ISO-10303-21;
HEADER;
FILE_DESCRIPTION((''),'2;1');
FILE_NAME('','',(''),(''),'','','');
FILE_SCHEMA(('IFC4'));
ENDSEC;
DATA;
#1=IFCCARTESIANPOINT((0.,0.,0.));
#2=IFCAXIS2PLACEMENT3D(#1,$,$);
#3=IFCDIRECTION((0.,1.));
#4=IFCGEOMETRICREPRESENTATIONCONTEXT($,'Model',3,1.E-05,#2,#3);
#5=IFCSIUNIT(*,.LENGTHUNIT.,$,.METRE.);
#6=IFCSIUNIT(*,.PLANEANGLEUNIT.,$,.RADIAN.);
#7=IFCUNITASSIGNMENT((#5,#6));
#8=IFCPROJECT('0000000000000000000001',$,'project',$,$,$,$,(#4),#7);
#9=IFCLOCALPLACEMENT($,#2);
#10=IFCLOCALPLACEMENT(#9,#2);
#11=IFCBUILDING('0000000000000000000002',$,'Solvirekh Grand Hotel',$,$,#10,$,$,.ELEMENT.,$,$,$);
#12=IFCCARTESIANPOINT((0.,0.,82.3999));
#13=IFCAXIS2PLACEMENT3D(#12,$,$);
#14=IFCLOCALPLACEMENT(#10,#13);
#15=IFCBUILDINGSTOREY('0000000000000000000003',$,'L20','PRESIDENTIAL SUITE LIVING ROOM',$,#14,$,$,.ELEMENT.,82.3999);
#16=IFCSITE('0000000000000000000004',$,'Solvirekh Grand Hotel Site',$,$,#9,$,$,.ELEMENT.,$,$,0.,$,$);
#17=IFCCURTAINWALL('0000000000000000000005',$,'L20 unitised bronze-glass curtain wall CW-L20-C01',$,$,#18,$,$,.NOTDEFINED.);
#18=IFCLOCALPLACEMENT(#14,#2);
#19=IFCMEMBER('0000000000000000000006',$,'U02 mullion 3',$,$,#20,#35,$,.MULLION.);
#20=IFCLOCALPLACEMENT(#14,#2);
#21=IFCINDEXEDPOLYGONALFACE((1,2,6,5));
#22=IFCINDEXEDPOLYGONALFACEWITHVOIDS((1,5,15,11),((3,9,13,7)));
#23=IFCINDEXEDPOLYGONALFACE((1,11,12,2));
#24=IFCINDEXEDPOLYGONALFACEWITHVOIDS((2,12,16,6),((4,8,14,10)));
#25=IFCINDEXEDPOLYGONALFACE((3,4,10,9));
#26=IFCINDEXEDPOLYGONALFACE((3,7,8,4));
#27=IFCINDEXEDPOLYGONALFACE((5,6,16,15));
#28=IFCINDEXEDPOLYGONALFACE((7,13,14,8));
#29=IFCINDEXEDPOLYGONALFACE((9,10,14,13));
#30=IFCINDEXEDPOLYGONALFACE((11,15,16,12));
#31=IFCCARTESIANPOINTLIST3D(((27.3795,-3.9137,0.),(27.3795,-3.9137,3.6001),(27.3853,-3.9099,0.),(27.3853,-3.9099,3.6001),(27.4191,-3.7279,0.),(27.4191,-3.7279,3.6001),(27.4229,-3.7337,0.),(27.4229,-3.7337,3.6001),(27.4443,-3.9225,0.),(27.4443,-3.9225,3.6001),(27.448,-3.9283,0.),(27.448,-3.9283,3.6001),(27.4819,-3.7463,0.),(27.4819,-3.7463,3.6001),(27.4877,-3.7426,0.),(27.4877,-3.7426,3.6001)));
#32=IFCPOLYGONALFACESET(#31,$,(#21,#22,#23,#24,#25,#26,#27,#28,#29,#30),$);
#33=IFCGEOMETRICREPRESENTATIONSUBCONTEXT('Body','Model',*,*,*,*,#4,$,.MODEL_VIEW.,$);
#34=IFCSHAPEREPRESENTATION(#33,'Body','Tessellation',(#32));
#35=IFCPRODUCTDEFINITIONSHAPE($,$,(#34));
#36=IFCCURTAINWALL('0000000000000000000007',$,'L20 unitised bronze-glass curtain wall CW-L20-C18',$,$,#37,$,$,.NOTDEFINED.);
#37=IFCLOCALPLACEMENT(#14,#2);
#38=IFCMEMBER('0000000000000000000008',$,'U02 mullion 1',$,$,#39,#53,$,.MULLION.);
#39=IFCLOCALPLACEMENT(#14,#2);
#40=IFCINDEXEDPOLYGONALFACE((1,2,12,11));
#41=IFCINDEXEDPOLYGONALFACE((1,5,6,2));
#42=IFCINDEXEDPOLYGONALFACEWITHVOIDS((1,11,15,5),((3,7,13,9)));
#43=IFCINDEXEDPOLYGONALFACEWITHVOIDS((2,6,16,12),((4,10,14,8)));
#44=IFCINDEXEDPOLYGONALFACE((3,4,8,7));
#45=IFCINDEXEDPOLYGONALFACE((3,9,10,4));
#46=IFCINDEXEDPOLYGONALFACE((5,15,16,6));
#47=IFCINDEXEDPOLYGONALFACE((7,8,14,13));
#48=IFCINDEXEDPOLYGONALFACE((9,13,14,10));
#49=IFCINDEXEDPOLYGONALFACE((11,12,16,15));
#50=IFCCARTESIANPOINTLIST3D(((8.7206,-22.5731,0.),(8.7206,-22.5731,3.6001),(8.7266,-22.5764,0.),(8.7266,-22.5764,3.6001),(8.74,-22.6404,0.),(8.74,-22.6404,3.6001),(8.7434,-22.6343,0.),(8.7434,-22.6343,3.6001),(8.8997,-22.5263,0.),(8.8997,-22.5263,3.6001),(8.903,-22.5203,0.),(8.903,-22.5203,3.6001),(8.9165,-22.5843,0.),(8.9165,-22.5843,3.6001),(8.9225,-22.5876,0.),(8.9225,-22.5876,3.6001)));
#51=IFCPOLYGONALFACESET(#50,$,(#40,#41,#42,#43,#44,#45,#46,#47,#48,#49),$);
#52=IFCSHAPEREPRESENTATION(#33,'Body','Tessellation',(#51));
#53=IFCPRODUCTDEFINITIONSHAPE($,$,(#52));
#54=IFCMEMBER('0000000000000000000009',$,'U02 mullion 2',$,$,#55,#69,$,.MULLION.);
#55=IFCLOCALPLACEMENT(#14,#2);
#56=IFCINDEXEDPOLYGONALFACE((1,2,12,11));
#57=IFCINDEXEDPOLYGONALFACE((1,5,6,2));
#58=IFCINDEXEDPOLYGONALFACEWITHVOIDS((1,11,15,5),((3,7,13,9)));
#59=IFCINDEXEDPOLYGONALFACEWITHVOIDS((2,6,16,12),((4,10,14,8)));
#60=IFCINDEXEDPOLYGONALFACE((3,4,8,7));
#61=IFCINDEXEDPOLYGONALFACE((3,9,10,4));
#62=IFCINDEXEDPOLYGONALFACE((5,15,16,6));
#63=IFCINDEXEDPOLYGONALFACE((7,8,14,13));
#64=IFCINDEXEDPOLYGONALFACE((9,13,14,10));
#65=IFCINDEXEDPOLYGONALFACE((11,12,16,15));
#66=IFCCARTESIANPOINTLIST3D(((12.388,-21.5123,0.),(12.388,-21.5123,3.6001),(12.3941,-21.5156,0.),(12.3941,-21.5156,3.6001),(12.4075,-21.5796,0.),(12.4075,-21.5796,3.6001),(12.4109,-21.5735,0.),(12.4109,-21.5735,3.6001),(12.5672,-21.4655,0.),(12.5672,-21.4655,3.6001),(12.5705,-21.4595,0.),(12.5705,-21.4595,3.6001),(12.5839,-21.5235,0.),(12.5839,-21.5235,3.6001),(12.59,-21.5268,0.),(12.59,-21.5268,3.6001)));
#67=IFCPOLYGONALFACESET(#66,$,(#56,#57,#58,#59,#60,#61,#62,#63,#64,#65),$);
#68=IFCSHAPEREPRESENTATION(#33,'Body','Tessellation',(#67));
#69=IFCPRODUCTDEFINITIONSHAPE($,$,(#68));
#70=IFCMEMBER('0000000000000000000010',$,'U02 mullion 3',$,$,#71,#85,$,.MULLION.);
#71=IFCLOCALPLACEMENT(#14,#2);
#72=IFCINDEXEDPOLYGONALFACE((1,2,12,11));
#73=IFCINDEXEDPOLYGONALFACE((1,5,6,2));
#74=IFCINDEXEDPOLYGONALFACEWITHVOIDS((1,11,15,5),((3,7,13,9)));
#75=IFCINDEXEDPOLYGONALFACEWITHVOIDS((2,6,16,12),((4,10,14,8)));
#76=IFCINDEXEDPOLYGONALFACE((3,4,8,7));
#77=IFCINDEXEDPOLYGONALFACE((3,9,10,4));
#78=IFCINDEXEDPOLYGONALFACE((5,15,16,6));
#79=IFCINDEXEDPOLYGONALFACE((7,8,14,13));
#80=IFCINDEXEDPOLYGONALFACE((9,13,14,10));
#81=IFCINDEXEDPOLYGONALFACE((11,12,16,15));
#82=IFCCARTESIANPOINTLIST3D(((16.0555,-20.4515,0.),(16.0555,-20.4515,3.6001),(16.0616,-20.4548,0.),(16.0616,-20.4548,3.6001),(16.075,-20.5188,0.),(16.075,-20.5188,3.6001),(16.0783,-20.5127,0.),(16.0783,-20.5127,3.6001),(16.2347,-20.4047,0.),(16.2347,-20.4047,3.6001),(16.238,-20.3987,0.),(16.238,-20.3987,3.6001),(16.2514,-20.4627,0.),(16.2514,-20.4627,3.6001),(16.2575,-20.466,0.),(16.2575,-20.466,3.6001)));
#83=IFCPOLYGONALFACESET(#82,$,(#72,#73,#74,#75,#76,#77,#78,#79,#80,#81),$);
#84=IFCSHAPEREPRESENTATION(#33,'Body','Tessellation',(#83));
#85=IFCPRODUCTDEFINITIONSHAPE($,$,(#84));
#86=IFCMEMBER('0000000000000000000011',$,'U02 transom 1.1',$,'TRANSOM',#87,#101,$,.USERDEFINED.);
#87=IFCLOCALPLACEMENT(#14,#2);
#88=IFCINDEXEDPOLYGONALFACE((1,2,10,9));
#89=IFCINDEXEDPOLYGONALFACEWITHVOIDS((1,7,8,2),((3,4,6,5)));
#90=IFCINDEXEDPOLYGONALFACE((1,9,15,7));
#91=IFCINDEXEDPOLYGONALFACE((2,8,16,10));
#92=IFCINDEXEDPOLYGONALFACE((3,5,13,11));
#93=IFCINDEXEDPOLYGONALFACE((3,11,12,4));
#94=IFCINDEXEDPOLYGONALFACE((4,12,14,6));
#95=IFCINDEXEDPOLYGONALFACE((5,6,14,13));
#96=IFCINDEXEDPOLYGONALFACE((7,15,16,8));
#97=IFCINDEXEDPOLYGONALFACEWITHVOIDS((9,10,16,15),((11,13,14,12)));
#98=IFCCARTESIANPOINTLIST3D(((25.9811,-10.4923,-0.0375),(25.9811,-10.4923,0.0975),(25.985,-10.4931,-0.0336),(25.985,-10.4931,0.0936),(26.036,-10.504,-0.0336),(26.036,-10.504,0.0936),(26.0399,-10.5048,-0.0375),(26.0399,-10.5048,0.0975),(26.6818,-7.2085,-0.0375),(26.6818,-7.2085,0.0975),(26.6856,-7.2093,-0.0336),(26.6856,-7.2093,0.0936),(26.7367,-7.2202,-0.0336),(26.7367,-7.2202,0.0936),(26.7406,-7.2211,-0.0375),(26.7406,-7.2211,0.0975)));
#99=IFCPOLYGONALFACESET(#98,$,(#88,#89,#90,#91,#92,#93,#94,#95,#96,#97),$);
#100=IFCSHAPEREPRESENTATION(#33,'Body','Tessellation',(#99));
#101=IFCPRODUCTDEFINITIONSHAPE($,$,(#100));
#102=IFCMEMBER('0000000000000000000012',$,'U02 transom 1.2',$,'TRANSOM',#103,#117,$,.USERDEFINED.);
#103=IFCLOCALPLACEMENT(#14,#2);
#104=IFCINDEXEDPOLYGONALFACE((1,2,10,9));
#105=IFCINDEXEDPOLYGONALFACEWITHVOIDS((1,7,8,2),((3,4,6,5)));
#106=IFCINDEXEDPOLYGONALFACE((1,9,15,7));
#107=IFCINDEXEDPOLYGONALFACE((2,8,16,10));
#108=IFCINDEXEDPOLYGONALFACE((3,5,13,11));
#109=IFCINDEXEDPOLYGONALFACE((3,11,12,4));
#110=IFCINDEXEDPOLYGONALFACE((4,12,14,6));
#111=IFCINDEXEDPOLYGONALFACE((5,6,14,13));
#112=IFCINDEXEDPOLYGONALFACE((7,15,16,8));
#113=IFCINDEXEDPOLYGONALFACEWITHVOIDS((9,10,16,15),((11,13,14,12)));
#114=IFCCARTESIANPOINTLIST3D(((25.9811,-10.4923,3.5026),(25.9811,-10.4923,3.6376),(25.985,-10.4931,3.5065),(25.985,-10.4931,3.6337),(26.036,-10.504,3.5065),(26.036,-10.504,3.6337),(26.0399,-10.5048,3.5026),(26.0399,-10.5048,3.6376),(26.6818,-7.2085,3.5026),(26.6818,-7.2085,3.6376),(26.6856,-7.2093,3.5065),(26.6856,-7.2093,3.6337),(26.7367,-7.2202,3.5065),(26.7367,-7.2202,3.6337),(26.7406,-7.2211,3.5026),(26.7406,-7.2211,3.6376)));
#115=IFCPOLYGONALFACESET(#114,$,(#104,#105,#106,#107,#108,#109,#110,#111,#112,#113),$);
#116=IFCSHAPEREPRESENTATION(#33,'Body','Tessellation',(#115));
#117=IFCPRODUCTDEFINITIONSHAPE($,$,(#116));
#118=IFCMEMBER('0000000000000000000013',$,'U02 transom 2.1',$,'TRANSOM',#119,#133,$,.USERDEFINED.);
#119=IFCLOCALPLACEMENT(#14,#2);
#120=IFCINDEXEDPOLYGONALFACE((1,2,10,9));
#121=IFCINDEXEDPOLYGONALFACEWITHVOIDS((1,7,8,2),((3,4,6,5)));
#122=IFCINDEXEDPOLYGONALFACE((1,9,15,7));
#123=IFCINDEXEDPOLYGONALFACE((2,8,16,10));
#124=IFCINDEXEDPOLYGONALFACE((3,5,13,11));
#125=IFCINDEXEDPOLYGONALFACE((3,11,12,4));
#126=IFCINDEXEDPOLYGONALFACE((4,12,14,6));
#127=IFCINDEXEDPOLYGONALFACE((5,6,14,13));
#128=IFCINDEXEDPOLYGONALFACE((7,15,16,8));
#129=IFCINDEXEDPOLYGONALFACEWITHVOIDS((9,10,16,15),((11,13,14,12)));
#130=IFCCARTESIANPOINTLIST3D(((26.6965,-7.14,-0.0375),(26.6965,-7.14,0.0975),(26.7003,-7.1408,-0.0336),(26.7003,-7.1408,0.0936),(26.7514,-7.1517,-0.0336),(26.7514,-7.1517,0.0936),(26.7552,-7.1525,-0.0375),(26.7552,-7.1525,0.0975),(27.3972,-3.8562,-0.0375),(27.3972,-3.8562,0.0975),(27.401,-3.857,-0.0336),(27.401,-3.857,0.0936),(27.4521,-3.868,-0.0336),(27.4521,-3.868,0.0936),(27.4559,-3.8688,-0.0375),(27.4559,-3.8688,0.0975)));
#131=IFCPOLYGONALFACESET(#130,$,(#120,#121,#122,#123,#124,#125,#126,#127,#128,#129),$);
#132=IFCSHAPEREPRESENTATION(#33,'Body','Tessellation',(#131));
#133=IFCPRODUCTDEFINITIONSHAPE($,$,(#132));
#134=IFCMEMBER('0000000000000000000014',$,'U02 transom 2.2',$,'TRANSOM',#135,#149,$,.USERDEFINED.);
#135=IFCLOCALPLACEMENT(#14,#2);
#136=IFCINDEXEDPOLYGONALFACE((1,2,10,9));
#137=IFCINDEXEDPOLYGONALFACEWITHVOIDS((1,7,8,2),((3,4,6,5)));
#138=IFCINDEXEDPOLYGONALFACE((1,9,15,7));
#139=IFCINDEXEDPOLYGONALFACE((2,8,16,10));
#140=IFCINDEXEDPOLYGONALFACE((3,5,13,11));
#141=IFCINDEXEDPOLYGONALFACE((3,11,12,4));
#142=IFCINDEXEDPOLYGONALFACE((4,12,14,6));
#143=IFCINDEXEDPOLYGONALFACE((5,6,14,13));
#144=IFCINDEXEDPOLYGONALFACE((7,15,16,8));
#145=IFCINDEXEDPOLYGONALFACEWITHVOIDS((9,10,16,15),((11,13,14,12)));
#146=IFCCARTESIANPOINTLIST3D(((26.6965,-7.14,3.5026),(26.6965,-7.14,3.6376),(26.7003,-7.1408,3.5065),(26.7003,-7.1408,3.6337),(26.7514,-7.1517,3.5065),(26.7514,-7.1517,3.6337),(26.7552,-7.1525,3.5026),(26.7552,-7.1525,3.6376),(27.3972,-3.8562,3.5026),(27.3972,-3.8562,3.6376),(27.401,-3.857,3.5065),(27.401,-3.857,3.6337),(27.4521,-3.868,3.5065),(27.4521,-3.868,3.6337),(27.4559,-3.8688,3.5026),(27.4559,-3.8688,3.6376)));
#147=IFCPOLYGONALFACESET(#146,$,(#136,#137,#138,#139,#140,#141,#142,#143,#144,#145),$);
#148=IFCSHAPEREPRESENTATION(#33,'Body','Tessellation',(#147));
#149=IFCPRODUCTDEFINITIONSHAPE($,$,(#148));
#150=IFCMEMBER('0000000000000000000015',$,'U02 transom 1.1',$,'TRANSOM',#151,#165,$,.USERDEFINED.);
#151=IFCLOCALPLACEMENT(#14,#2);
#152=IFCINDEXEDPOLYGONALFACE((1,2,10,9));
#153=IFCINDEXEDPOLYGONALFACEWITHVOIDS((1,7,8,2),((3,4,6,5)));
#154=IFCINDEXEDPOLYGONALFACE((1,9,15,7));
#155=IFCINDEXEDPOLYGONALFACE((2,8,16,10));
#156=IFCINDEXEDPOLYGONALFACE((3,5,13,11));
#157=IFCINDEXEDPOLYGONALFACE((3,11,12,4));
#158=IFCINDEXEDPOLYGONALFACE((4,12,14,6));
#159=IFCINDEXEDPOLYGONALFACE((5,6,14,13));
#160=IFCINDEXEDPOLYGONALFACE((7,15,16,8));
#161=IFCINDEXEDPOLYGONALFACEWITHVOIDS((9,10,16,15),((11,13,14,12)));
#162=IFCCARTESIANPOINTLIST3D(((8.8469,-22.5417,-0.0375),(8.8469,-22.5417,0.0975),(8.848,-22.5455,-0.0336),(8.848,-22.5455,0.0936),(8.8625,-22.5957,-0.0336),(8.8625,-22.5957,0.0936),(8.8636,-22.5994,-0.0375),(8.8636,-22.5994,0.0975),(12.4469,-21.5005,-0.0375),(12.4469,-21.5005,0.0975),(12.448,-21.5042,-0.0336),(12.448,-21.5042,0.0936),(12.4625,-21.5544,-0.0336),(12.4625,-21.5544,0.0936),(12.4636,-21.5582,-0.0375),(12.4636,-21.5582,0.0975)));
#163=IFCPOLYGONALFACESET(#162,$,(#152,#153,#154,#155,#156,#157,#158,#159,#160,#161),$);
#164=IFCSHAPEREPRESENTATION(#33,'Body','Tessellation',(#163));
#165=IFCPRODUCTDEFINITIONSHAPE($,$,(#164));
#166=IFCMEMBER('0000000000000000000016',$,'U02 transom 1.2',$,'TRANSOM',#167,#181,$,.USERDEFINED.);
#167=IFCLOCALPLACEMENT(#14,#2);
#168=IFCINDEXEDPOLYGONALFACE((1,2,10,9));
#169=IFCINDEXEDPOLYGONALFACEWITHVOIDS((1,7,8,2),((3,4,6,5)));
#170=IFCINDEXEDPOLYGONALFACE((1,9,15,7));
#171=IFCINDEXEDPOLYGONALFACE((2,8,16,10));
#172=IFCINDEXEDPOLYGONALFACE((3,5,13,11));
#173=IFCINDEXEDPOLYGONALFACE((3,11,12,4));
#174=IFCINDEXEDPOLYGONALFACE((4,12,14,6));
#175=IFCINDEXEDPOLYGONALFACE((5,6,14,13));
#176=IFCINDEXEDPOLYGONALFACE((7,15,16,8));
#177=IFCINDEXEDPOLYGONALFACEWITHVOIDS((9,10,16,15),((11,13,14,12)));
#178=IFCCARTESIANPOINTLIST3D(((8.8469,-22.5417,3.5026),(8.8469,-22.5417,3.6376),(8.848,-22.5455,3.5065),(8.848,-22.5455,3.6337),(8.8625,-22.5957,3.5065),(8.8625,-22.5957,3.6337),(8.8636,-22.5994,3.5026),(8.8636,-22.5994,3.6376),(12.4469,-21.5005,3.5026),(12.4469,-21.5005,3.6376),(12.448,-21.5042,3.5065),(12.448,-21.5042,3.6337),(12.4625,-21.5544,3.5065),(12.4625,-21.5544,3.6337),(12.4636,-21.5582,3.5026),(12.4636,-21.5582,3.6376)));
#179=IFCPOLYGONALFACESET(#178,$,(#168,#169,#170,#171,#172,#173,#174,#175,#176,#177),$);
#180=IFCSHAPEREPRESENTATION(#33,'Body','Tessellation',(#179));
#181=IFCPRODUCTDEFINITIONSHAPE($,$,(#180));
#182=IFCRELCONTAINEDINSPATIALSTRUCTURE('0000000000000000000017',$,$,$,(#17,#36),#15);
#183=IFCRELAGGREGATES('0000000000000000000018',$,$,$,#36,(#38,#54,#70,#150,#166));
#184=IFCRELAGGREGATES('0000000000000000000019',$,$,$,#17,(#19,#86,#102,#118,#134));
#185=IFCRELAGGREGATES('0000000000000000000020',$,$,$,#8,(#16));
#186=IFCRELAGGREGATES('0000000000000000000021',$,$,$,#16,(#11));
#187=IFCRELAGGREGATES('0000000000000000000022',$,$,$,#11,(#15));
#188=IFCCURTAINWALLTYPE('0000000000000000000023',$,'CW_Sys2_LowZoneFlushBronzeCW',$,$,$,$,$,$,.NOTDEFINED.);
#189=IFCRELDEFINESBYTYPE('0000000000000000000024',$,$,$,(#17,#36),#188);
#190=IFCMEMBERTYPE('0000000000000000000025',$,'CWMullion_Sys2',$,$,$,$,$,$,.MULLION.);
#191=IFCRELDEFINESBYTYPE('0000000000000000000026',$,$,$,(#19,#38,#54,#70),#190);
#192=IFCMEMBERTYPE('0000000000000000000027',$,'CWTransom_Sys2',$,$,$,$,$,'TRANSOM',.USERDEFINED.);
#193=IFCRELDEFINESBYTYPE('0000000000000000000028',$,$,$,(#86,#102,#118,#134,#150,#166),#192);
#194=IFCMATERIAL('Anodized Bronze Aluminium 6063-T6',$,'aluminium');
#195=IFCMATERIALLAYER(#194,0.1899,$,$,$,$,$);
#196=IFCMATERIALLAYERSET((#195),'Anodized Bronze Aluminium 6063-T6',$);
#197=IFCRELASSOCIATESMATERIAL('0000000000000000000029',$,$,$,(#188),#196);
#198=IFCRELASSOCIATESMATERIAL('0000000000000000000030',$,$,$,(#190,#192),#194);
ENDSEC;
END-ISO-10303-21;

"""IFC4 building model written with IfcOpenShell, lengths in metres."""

from ifc_helpers import new_model, si_unit, direction, frame, origin, origin_2d, place, context, subcontext, project, spatial, hollow_rectangle, extrude, source, transform, mapped, material, layer, layer_set, material_profile, profile_set, type_object, element, aggregate, save


model = new_model("IFC4")

# Units and contexts
model_context = context("Model", 3, precision=1e-05, world=origin(), true_north=direction((0.0, 1.0)))
body_context = subcontext(model_context, "Body", "Model", "MODEL_VIEW")
ifc_project = project(units=[si_unit("LENGTHUNIT", "METRE"), si_unit("PLANEANGLEUNIT", "RADIAN")], contexts=[model_context])

# Site, building, storey
site_placement = place(None, origin())
site = spatial("IfcSite", under=ifc_project, at=site_placement, Name="Solvirekh Grand Hotel Site", CompositionType="ELEMENT", RefElevation=0.0)
building_placement = place(site_placement, origin())
building = spatial("IfcBuilding", under=site, at=building_placement, Name="Solvirekh Grand Hotel", CompositionType="ELEMENT")
storey_placement = place(building_placement, frame((0.0, 0.0, 82.3999)))
storey = spatial("IfcBuildingStorey", under=building, at=storey_placement, Name="L20", Description="PRESIDENTIAL SUITE LIVING ROOM", CompositionType="ELEMENT", Elevation=82.3999)

# Curtain walls, members
ifc_material_1 = material(Name="Anodized Bronze Aluminium 6063-T6", Category="aluminium")
ifc_layer_1 = layer(ifc_material_1, 0.1899)
ifc_layer_set_1 = layer_set([ifc_layer_1], Name="Anodized Bronze Aluminium 6063-T6")
curtain_wall_type = type_object("IfcCurtainWallType", Name="CW_Sys2_LowZoneFlushBronzeCW", PredefinedType="NOTDEFINED", material=ifc_layer_set_1)
curtain_wall_1_placement = place(storey_placement, origin())
curtain_wall_1 = element("IfcCurtainWall", 1, at=curtain_wall_1_placement, inside=storey, type_object=curtain_wall_type, Name="L20 unitised bronze-glass curtain wall CW-L20-C01", PredefinedType="NOTDEFINED")
ifc_material_profile_1 = material_profile(ifc_material_1, hollow_rectangle(XDim=0.0701, YDim=0.1899, WallThickness=0.0049, at=origin_2d()), Name="ALU RHS 190X70X5")
ifc_profile_set_1 = profile_set([ifc_material_profile_1], Name="Anodized Bronze Aluminium 6063-T6")
member_type_1 = type_object("IfcMemberType", Name="CWMullion_Sys2", PredefinedType="MULLION", material=ifc_profile_set_1)
shared_shape_1 = source(origin(), body_context, "Body", "SweptSolid", [
    extrude(hollow_rectangle(XDim=0.0701, YDim=0.1899, WallThickness=0.0049, at=origin_2d()), origin(), (0.0, 0.0, 1.0), 3.6001),
])
member_1_placement = place(storey_placement, frame((27.4336, -3.8281, 0.0), z_axis=(0.0, 0.0, 1.0), x_axis=(-0.97799, 0.208651, 0.0)))
member_1 = element("IfcMember", 2, at=member_1_placement, type_object=member_type_1, Name="U02 mullion 3", PredefinedType="MULLION", context=body_context, shape_type="MappedRepresentation", body=[
    mapped(shared_shape_1, transform((0.0, 0.0, 0.0), x_axis=(1.0, 0.0, 0.0), y_axis=(0.0, 1.0, 0.0), z_axis=(0.0, 0.0, 1.0), scale=1.0)),
])
curtain_wall_2_placement = place(storey_placement, origin())
curtain_wall_2 = element("IfcCurtainWall", 3, at=curtain_wall_2_placement, inside=storey, type_object=curtain_wall_type, Name="L20 unitised bronze-glass curtain wall CW-L20-C18", PredefinedType="NOTDEFINED")
member_2_placement = place(storey_placement, frame((8.8215, -22.5803, 0.0), z_axis=(0.0, 0.0, 1.0), x_axis=(-0.277856, 0.960623, 0.0)))
member_2 = element("IfcMember", 4, at=member_2_placement, type_object=member_type_1, Name="U02 mullion 1", PredefinedType="MULLION", context=body_context, shape_type="MappedRepresentation", body=[
    mapped(shared_shape_1, transform((0.0, 0.0, 0.0), x_axis=(1.0, 0.0, 0.0), y_axis=(0.0, 1.0, 0.0), z_axis=(0.0, 0.0, 1.0), scale=1.0)),
])
member_3_placement = place(storey_placement, frame((12.489, -21.5195, 0.0), z_axis=(0.0, 0.0, 1.0), x_axis=(-0.277856, 0.960623, 0.0)))
member_3 = element("IfcMember", 5, at=member_3_placement, type_object=member_type_1, Name="U02 mullion 2", PredefinedType="MULLION", context=body_context, shape_type="MappedRepresentation", body=[
    mapped(shared_shape_1, transform((0.0, 0.0, 0.0), x_axis=(1.0, 0.0, 0.0), y_axis=(0.0, 1.0, 0.0), z_axis=(0.0, 0.0, 1.0), scale=1.0)),
])
member_4_placement = place(storey_placement, frame((16.1565, -20.4587, 0.0), z_axis=(0.0, 0.0, 1.0), x_axis=(-0.277856, 0.960623, 0.0)))
member_4 = element("IfcMember", 6, at=member_4_placement, type_object=member_type_1, Name="U02 mullion 3", PredefinedType="MULLION", context=body_context, shape_type="MappedRepresentation", body=[
    mapped(shared_shape_1, transform((0.0, 0.0, 0.0), x_axis=(1.0, 0.0, 0.0), y_axis=(0.0, 1.0, 0.0), z_axis=(0.0, 0.0, 1.0), scale=1.0)),
])

# Members
ifc_material_profile_2 = material_profile(ifc_material_1, hollow_rectangle(XDim=0.0601, YDim=0.135, WallThickness=0.0039, at=origin_2d()), Name="ALU RHS 135X60X4")
ifc_profile_set_2 = profile_set([ifc_material_profile_2], Name="Anodized Bronze Aluminium 6063-T6")
member_type_2 = type_object("IfcMemberType", Name="CWTransom_Sys2", ElementType="TRANSOM", PredefinedType="USERDEFINED", material=ifc_profile_set_2)
shared_shape_2 = source(origin(), body_context, "Body", "SweptSolid", [
    extrude(hollow_rectangle(XDim=0.0601, YDim=0.135, WallThickness=0.0039, at=origin_2d()), origin(), (0.0, 0.0, 1.0), 3.3577),
])
member_5_placement = place(storey_placement, frame((26.0105, -10.4985, 0.03), z_axis=(0.208685, 0.977983, 0.0), x_axis=(-0.977983, 0.208685, 0.0)))
member_5 = element("IfcMember", 7, at=member_5_placement, type_object=member_type_2, Name="U02 transom 1.1", ObjectType="TRANSOM", PredefinedType="USERDEFINED", context=body_context, shape_type="MappedRepresentation", body=[
    mapped(shared_shape_2, transform((0.0, 0.0, 0.0), x_axis=(1.0, 0.0, 0.0), y_axis=(0.0, 1.0, 0.0), z_axis=(0.0, 0.0, 1.0), scale=1.0)),
])
member_6_placement = place(storey_placement, frame((26.0105, -10.4985, 3.5701), z_axis=(0.208685, 0.977983, 0.0), x_axis=(-0.977983, 0.208685, 0.0)))
member_6 = element("IfcMember", 8, at=member_6_placement, type_object=member_type_2, Name="U02 transom 1.2", ObjectType="TRANSOM", PredefinedType="USERDEFINED", context=body_context, shape_type="MappedRepresentation", body=[
    mapped(shared_shape_2, transform((0.0, 0.0, 0.0), x_axis=(1.0, 0.0, 0.0), y_axis=(0.0, 1.0, 0.0), z_axis=(0.0, 0.0, 1.0), scale=1.0)),
])
member_7_placement = place(storey_placement, frame((26.7258, -7.1462, 0.03), z_axis=(0.208685, 0.977983, 0.0), x_axis=(-0.977983, 0.208685, 0.0)))
member_7 = element("IfcMember", 9, at=member_7_placement, type_object=member_type_2, Name="U02 transom 2.1", ObjectType="TRANSOM", PredefinedType="USERDEFINED", context=body_context, shape_type="MappedRepresentation", body=[
    mapped(shared_shape_2, transform((0.0, 0.0, 0.0), x_axis=(1.0, 0.0, 0.0), y_axis=(0.0, 1.0, 0.0), z_axis=(0.0, 0.0, 1.0), scale=1.0)),
])
member_8_placement = place(storey_placement, frame((26.7258, -7.1462, 3.5701), z_axis=(0.208685, 0.977983, 0.0), x_axis=(-0.977983, 0.208685, 0.0)))
member_8 = element("IfcMember", 10, at=member_8_placement, type_object=member_type_2, Name="U02 transom 2.2", ObjectType="TRANSOM", PredefinedType="USERDEFINED", context=body_context, shape_type="MappedRepresentation", body=[
    mapped(shared_shape_2, transform((0.0, 0.0, 0.0), x_axis=(1.0, 0.0, 0.0), y_axis=(0.0, 1.0, 0.0), z_axis=(0.0, 0.0, 1.0), scale=1.0)),
])
shared_shape_3 = source(origin(), body_context, "Body", "SweptSolid", [
    extrude(hollow_rectangle(XDim=0.0601, YDim=0.135, WallThickness=0.0039, at=origin_2d()), origin(), (0.0, 0.0, 1.0), 3.7476),
])
member_9_placement = place(storey_placement, frame((8.8552, -22.5706, 0.03), z_axis=(0.960627, 0.277843, 0.0), x_axis=(-0.277843, 0.960627, 0.0)))
member_9 = element("IfcMember", 11, at=member_9_placement, type_object=member_type_2, Name="U02 transom 1.1", ObjectType="TRANSOM", PredefinedType="USERDEFINED", context=body_context, shape_type="MappedRepresentation", body=[
    mapped(shared_shape_3, transform((0.0, 0.0, 0.0), x_axis=(1.0, 0.0, 0.0), y_axis=(0.0, 1.0, 0.0), z_axis=(0.0, 0.0, 1.0), scale=1.0)),
])
member_10_placement = place(storey_placement, frame((8.8552, -22.5706, 3.5701), z_axis=(0.960627, 0.277843, 0.0), x_axis=(-0.277843, 0.960627, 0.0)))
member_10 = element("IfcMember", 12, at=member_10_placement, type_object=member_type_2, Name="U02 transom 1.2", ObjectType="TRANSOM", PredefinedType="USERDEFINED", context=body_context, shape_type="MappedRepresentation", body=[
    mapped(shared_shape_3, transform((0.0, 0.0, 0.0), x_axis=(1.0, 0.0, 0.0), y_axis=(0.0, 1.0, 0.0), z_axis=(0.0, 0.0, 1.0), scale=1.0)),
])

aggregate(curtain_wall_2, [member_2, member_3, member_4, member_9, member_10])
aggregate(curtain_wall_1, [member_1, member_5, member_6, member_7, member_8])

save(model, "model.ifc")
